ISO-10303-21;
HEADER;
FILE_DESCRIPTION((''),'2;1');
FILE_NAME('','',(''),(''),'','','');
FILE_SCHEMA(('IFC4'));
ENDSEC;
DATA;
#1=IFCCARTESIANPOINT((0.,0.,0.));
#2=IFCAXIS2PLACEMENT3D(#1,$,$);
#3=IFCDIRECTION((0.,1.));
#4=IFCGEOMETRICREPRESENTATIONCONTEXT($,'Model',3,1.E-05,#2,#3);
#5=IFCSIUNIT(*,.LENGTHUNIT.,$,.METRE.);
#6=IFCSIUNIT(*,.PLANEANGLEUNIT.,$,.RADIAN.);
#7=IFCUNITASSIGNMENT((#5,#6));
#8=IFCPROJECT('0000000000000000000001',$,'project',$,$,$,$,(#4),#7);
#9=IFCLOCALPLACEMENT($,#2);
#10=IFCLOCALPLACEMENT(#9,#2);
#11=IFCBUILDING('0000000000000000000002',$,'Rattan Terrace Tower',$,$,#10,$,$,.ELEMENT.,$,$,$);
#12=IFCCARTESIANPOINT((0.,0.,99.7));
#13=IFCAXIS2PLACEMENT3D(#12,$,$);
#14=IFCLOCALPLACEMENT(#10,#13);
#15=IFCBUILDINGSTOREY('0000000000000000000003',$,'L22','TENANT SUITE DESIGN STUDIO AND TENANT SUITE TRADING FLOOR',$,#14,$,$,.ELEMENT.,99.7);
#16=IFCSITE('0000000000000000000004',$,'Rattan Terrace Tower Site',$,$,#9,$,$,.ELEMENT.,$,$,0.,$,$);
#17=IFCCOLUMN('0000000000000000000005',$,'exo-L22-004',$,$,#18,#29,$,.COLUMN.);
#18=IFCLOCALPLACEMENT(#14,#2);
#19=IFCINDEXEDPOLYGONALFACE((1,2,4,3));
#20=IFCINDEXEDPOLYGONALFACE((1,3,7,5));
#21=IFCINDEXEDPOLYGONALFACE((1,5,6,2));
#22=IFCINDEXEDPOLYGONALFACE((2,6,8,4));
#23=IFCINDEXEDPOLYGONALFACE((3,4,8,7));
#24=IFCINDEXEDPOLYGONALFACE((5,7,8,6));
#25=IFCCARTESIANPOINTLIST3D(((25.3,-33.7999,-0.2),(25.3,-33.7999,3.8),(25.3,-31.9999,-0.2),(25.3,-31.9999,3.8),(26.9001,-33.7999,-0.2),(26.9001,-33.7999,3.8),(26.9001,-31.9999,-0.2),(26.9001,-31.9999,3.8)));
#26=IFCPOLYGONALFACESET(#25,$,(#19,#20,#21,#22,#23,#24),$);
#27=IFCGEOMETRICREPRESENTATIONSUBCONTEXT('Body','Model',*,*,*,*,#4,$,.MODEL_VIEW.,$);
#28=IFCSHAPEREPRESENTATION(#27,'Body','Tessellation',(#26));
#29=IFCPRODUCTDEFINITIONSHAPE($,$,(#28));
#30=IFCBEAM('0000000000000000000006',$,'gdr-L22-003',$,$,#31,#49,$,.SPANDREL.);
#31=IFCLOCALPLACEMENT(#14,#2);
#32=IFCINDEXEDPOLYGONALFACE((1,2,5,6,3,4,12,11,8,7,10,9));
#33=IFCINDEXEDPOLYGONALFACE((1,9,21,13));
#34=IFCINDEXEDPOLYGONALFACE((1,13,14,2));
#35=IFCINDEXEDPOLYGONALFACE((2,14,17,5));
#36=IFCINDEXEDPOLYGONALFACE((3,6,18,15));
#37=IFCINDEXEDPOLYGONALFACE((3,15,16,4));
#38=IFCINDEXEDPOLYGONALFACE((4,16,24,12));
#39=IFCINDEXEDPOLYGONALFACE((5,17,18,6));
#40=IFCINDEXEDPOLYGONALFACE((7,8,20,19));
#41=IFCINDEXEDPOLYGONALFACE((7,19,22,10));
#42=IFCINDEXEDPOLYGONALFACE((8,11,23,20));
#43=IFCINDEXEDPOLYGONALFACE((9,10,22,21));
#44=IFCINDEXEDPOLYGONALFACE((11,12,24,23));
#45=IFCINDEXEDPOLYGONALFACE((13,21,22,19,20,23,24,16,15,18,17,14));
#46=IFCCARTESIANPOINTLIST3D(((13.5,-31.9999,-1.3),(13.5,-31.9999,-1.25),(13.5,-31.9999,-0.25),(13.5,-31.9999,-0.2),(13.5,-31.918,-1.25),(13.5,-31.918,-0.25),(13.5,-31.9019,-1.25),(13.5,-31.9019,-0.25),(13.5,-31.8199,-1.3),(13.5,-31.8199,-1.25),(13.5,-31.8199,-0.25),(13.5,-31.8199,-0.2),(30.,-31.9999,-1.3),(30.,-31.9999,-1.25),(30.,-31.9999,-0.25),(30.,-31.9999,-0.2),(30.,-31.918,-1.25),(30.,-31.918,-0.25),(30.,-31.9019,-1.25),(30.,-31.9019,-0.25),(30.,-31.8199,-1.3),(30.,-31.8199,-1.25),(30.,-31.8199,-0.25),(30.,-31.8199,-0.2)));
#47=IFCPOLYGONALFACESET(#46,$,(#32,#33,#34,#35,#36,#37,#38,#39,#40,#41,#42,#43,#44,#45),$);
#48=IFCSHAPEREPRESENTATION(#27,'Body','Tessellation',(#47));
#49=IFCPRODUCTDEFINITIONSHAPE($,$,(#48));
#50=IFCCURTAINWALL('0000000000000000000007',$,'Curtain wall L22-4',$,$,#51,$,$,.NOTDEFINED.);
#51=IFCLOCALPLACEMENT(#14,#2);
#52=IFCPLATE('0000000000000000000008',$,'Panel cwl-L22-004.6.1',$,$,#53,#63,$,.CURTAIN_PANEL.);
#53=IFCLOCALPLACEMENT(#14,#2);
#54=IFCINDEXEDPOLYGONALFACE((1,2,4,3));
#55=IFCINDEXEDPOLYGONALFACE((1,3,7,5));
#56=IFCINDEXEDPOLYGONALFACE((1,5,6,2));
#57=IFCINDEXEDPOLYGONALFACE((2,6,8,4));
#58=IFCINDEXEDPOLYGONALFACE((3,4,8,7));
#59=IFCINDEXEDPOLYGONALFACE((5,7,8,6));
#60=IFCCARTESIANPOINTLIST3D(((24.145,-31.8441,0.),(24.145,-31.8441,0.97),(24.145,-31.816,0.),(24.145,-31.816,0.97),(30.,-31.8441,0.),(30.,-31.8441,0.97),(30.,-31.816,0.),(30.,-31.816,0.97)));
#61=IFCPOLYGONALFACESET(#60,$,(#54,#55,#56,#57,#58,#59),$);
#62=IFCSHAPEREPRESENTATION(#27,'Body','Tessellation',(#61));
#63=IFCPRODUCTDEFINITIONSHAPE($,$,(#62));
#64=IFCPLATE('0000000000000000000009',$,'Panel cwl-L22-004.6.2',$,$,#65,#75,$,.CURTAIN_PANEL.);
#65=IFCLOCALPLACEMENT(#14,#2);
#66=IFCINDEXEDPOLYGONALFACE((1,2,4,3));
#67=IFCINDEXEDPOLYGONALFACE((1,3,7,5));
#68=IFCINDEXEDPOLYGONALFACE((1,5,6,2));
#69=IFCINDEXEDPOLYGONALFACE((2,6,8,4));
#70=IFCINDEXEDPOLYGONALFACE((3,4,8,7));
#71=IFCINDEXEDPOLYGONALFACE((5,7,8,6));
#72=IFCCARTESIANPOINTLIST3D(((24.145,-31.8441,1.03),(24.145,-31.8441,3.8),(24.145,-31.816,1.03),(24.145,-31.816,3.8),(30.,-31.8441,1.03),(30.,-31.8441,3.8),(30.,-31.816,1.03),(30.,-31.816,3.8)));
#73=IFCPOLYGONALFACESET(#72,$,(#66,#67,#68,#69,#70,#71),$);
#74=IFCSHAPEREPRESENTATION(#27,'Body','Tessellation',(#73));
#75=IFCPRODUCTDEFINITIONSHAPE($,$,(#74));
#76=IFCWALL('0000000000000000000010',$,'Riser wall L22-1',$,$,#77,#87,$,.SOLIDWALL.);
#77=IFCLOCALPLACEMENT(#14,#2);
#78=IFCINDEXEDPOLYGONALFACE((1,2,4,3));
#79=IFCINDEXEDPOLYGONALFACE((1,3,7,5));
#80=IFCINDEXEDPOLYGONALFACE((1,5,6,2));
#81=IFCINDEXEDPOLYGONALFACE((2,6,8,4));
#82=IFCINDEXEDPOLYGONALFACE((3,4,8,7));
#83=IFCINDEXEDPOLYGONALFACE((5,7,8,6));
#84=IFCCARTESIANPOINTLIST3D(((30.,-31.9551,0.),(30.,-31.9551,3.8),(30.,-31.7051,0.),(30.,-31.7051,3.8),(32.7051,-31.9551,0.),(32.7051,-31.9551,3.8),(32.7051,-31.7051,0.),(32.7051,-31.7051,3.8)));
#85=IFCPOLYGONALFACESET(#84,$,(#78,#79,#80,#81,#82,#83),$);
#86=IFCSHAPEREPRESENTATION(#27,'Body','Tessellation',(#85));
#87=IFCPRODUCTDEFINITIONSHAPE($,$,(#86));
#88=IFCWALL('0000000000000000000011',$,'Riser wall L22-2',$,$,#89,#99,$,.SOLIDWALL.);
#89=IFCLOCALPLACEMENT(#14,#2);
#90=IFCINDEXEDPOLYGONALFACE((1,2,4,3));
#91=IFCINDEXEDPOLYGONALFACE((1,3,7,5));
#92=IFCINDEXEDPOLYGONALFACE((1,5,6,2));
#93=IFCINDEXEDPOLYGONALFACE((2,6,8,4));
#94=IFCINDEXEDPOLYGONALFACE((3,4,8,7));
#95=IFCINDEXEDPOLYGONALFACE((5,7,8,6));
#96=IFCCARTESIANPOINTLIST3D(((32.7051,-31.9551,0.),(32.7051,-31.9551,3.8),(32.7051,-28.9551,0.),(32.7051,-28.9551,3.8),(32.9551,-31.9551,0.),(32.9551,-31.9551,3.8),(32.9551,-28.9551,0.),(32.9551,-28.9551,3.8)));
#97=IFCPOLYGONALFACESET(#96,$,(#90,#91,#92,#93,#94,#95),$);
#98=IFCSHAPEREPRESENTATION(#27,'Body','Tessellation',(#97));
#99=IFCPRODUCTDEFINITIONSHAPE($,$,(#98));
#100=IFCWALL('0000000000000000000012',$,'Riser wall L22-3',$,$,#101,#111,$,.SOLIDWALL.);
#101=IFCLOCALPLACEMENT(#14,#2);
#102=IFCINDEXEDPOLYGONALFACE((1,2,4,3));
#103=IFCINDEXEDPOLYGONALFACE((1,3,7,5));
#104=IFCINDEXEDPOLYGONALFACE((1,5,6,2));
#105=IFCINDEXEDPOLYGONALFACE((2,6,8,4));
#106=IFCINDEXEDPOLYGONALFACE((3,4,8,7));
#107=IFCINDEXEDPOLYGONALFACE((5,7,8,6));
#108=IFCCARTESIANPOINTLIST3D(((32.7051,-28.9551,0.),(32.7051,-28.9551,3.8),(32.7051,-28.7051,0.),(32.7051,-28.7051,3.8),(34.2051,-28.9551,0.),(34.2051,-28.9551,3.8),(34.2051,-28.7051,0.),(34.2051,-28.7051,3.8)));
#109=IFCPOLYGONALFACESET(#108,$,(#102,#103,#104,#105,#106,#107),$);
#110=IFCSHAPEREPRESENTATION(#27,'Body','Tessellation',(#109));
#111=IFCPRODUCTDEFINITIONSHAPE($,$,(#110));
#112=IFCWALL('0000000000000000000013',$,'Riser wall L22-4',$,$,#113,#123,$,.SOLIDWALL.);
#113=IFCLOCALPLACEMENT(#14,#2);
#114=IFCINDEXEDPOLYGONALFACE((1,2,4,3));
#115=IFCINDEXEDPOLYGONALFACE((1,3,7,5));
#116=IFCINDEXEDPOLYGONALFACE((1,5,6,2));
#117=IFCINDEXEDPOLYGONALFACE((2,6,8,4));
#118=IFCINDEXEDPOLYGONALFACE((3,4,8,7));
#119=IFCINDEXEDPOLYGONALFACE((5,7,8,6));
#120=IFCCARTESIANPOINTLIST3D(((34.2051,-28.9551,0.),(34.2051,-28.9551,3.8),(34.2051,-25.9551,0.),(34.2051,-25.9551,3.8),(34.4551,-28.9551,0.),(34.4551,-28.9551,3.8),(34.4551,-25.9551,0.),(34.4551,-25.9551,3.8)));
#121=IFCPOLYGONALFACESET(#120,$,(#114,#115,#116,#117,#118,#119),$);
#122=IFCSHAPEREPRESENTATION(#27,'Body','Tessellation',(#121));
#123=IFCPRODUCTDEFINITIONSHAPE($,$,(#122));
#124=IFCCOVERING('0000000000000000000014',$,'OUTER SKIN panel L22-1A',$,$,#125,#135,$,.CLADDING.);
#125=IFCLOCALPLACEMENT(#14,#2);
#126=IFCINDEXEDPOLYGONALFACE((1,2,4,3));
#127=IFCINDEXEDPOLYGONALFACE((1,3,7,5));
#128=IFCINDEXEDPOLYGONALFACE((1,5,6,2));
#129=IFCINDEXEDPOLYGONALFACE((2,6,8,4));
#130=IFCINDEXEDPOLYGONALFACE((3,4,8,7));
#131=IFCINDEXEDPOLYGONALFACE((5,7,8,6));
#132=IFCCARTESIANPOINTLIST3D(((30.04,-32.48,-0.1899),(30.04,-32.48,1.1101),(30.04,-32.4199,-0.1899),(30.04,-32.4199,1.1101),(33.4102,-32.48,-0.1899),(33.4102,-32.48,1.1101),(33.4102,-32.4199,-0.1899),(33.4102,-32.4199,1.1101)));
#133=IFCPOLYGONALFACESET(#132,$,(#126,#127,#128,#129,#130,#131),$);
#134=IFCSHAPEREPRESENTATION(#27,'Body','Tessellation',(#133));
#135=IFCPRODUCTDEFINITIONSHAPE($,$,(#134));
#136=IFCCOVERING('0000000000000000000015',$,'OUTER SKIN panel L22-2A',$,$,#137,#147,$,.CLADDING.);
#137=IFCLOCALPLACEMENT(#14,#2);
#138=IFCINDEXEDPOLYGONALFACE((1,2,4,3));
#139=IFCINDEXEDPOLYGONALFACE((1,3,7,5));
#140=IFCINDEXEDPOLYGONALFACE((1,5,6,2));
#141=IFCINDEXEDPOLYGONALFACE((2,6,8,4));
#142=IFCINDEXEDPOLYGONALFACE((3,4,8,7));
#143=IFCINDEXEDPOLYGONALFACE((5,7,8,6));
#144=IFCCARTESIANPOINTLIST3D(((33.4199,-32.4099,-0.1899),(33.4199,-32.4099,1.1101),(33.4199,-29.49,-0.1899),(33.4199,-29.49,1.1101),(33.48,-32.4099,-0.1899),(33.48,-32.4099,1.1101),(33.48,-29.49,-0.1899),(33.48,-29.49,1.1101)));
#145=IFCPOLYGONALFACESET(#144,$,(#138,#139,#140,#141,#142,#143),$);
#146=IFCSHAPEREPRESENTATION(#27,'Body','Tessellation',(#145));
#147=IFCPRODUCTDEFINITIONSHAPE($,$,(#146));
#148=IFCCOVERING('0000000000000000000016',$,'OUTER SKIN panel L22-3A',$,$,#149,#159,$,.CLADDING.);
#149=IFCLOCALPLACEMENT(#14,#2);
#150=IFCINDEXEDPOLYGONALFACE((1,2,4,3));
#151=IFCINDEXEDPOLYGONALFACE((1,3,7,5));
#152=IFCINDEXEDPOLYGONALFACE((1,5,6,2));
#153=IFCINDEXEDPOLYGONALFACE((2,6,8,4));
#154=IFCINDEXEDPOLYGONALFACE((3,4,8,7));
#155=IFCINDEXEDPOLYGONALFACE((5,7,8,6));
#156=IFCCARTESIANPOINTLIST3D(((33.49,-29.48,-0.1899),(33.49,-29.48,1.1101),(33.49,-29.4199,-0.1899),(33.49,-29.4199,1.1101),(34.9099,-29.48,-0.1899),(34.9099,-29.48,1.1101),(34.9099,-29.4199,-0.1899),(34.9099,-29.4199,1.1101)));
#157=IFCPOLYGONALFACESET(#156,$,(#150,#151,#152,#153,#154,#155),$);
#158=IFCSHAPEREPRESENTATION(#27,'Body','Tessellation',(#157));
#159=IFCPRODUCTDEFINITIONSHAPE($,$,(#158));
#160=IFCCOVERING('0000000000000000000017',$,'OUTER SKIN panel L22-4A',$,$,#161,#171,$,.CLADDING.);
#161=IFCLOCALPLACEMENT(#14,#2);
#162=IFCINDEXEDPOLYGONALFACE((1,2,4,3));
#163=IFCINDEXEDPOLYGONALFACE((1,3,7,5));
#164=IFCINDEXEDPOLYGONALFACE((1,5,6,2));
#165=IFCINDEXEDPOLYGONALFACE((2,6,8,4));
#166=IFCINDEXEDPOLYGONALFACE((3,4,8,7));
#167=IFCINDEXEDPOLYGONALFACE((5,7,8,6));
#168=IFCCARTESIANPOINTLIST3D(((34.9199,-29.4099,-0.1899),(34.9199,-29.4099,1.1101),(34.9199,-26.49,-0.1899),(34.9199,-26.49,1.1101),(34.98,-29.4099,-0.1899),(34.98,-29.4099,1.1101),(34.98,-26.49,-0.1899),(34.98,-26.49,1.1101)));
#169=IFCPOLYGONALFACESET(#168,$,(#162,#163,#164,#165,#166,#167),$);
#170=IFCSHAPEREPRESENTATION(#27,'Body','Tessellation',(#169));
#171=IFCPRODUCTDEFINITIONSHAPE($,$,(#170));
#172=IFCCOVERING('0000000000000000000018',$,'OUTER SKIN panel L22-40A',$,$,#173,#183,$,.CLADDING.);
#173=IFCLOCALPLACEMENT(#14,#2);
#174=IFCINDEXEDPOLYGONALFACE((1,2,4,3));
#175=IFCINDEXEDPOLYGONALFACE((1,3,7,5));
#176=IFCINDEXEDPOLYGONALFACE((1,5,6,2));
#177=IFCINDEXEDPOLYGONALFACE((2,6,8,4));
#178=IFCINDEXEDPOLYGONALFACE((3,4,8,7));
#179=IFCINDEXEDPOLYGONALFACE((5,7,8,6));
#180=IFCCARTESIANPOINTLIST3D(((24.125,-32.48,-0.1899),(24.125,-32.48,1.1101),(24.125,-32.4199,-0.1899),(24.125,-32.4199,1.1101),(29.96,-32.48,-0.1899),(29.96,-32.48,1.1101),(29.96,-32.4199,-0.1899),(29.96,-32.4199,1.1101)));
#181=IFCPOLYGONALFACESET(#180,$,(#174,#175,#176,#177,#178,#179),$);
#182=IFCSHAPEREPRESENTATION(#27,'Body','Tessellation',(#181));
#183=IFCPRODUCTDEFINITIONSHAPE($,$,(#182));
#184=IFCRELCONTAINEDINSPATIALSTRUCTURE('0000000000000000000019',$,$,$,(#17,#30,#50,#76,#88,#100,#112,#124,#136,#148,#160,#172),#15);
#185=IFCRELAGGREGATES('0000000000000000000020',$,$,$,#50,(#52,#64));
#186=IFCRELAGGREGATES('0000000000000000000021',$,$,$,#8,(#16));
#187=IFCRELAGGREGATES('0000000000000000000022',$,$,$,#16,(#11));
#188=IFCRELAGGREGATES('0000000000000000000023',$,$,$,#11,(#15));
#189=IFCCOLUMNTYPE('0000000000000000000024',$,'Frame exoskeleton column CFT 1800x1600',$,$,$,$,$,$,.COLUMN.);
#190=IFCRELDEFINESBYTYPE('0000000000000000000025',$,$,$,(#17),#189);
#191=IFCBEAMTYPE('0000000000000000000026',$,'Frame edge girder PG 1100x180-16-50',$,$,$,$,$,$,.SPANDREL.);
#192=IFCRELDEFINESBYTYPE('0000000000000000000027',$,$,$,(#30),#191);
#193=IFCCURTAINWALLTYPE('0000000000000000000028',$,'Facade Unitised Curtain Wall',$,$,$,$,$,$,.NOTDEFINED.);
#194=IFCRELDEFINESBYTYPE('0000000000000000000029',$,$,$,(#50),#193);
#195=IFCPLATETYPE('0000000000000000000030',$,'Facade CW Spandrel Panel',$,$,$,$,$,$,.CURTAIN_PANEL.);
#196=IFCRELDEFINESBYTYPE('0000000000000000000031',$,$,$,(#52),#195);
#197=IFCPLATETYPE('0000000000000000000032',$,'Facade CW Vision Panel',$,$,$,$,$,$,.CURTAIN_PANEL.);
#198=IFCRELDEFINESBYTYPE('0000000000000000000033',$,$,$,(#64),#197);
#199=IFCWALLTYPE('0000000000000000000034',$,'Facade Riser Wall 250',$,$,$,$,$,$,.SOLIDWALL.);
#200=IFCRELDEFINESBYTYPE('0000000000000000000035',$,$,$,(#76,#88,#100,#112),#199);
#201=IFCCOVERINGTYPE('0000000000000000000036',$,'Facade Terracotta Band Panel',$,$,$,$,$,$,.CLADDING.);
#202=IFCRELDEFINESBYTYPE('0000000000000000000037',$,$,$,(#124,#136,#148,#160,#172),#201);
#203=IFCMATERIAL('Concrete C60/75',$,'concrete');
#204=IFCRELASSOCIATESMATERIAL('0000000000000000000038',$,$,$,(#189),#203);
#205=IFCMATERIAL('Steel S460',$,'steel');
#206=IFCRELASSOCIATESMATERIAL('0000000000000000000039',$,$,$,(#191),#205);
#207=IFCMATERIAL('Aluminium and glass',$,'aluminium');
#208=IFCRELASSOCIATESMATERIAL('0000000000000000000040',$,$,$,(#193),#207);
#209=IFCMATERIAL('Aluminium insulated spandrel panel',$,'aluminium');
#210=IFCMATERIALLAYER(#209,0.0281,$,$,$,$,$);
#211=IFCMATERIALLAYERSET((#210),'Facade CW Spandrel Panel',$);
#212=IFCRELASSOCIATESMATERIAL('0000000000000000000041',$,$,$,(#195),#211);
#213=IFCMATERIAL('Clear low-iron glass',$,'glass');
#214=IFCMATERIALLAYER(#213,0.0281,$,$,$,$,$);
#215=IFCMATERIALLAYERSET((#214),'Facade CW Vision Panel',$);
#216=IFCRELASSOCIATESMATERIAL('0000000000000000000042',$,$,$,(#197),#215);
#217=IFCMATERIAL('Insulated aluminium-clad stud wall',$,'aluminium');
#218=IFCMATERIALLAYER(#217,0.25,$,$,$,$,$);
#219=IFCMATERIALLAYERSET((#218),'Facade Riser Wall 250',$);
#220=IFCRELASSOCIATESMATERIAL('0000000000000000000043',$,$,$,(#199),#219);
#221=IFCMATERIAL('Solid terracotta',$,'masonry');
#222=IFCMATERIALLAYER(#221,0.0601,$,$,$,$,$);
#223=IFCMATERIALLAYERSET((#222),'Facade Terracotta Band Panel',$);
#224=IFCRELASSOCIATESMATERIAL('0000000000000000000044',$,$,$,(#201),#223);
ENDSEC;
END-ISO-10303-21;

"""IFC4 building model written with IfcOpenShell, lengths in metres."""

from ifc_helpers import new_model, si_unit, direction, frame, frame_2d, origin, origin_2d, place, context, subcontext, project, spatial, rectangle, i_section, extrude, material, layer, layer_set, material_profile, profile_set, type_object, element, aggregate, save


model = new_model("IFC4")

# Units and contexts
model_context = context("Model", 3, precision=1e-05, world=origin(), true_north=direction((0.0, 1.0)))
body_context = subcontext(model_context, "Body", "Model", "MODEL_VIEW")
ifc_project = project(units=[si_unit("LENGTHUNIT", "METRE"), si_unit("PLANEANGLEUNIT", "RADIAN")], contexts=[model_context])

# Site, building, storey
site_placement = place(None, origin())
site = spatial("IfcSite", under=ifc_project, at=site_placement, Name="Rattan Terrace Tower Site", CompositionType="ELEMENT", RefElevation=0.0)
building_placement = place(site_placement, origin())
building = spatial("IfcBuilding", under=site, at=building_placement, Name="Rattan Terrace Tower", CompositionType="ELEMENT")
storey_placement = place(building_placement, frame((0.0, 0.0, 99.7)))
storey = spatial("IfcBuildingStorey", under=building, at=storey_placement, Name="L22", Description="TENANT SUITE DESIGN STUDIO AND TENANT SUITE TRADING FLOOR", CompositionType="ELEMENT", Elevation=99.7)

# Column
ifc_material_1 = material(Name="Concrete C60/75", Category="concrete")
ifc_material_profile_1 = material_profile(ifc_material_1, rectangle(XDim=1.6001, YDim=1.8, at=origin_2d()), Name="CFT 1800x1600")
ifc_profile_set_1 = profile_set([ifc_material_profile_1], Name="Concrete C60/75")
column_type = type_object("IfcColumnType", Name="Frame exoskeleton column CFT 1800x1600", PredefinedType="COLUMN", material=ifc_profile_set_1)
column_placement = place(storey_placement, frame((26.1001, -32.8999, -0.2), z_axis=(0.0, 0.0, 1.0), x_axis=(1.0, 0.0, 0.0)))
element("IfcColumn", 1, at=column_placement, inside=storey, type_object=column_type, Name="exo-L22-004", PredefinedType="COLUMN", context=body_context, shape_type="SweptSolid", body=[
    extrude(rectangle(XDim=1.6001, YDim=1.8, at=origin_2d()), origin(), (0.0, 0.0, 1.0), 4.0),
])

# Beam
ifc_material_2 = material(Name="Steel S460", Category="steel")
ifc_material_profile_2 = material_profile(ifc_material_2, i_section(OverallWidth=0.1799, OverallDepth=1.1001, WebThickness=0.0161, FlangeThickness=0.05, at=origin_2d()), Name="PG 1100x180-16-50")
ifc_profile_set_2 = profile_set([ifc_material_profile_2], Name="Steel S460")
beam_type = type_object("IfcBeamType", Name="Frame edge girder PG 1100x180-16-50", PredefinedType="SPANDREL", material=ifc_profile_set_2)
beam_placement = place(storey_placement, frame((30.0, -31.9099, -0.75), z_axis=(-1.0, 0.0, 0.0), x_axis=(0.0, -1.0, 0.0)))
element("IfcBeam", 2, at=beam_placement, inside=storey, type_object=beam_type, Name="gdr-L22-003", PredefinedType="SPANDREL", context=body_context, shape_type="SweptSolid", body=[
    extrude(i_section(OverallWidth=0.1799, OverallDepth=1.1001, WebThickness=0.0161, FlangeThickness=0.05, at=origin_2d()), origin(), (0.0, 0.0, 1.0), 16.5),
])

# Curtain wall, plates
ifc_material_3 = material(Name="Aluminium and glass", Category="aluminium")
curtain_wall_type = type_object("IfcCurtainWallType", Name="Facade Unitised Curtain Wall", PredefinedType="NOTDEFINED", material=ifc_material_3)
curtain_wall_placement = place(storey_placement, origin())
curtain_wall = element("IfcCurtainWall", 3, at=curtain_wall_placement, inside=storey, type_object=curtain_wall_type, Name="Curtain wall L22-4", PredefinedType="NOTDEFINED")
ifc_material_4 = material(Name="Aluminium insulated spandrel panel", Category="aluminium")
ifc_layer_1 = layer(ifc_material_4, 0.0281)
ifc_layer_set_1 = layer_set([ifc_layer_1], Name="Facade CW Spandrel Panel")
plate_type_1 = type_object("IfcPlateType", Name="Facade CW Spandrel Panel", PredefinedType="CURTAIN_PANEL", material=ifc_layer_set_1)
plate_1_placement = place(storey_placement, frame((27.0725, -31.8301, 0.0), z_axis=(0.0, 0.0, 1.0), x_axis=(1.0, 0.0, 0.0)))
plate_1 = element("IfcPlate", 4, at=plate_1_placement, type_object=plate_type_1, Name="Panel cwl-L22-004.6.1", PredefinedType="CURTAIN_PANEL", context=body_context, shape_type="SweptSolid", body=[
    extrude(rectangle(XDim=5.855, YDim=0.0281, at=origin_2d()), origin(), (0.0, 0.0, 1.0), 0.97),
])
ifc_material_5 = material(Name="Clear low-iron glass", Category="glass")
ifc_layer_2 = layer(ifc_material_5, 0.0281)
ifc_layer_set_2 = layer_set([ifc_layer_2], Name="Facade CW Vision Panel")
plate_type_2 = type_object("IfcPlateType", Name="Facade CW Vision Panel", PredefinedType="CURTAIN_PANEL", material=ifc_layer_set_2)
plate_2_placement = place(storey_placement, frame((27.0725, -31.8301, 1.03), z_axis=(0.0, 0.0, 1.0), x_axis=(1.0, 0.0, 0.0)))
plate_2 = element("IfcPlate", 5, at=plate_2_placement, type_object=plate_type_2, Name="Panel cwl-L22-004.6.2", PredefinedType="CURTAIN_PANEL", context=body_context, shape_type="SweptSolid", body=[
    extrude(rectangle(XDim=5.855, YDim=0.0281, at=origin_2d()), origin(), (0.0, 0.0, 1.0), 2.77),
])
aggregate(curtain_wall, [plate_1, plate_2])

# Walls
ifc_material_6 = material(Name="Insulated aluminium-clad stud wall", Category="aluminium")
ifc_layer_3 = layer(ifc_material_6, 0.25)
ifc_layer_set_3 = layer_set([ifc_layer_3], Name="Facade Riser Wall 250")
wall_type = type_object("IfcWallType", Name="Facade Riser Wall 250", PredefinedType="SOLIDWALL", material=ifc_layer_set_3)
wall_1_placement = place(storey_placement, frame((30.0, -31.8301, 0.0), z_axis=(0.0, 0.0, 1.0), x_axis=(1.0, 0.0, 0.0)))
element("IfcWall", 6, at=wall_1_placement, inside=storey, type_object=wall_type, Name="Riser wall L22-1", PredefinedType="SOLIDWALL", context=body_context, shape_type="SweptSolid", body=[
    extrude(rectangle(XDim=2.7051, YDim=0.25, at=frame_2d((1.3525, 0.0))), origin(), (0.0, 0.0, 1.0), 3.8),
])
wall_2_placement = place(storey_placement, frame((32.8301, -31.9551, 0.0), z_axis=(0.0, 0.0, 1.0), x_axis=(0.0, 1.0, 0.0)))
element("IfcWall", 7, at=wall_2_placement, inside=storey, type_object=wall_type, Name="Riser wall L22-2", PredefinedType="SOLIDWALL", context=body_context, shape_type="SweptSolid", body=[
    extrude(rectangle(XDim=3.0, YDim=0.25, at=frame_2d((1.5, 0.0))), origin(), (0.0, 0.0, 1.0), 3.8),
])
wall_3_placement = place(storey_placement, frame((32.7051, -28.8301, 0.0), z_axis=(0.0, 0.0, 1.0), x_axis=(1.0, 0.0, 0.0)))
element("IfcWall", 8, at=wall_3_placement, inside=storey, type_object=wall_type, Name="Riser wall L22-3", PredefinedType="SOLIDWALL", context=body_context, shape_type="SweptSolid", body=[
    extrude(rectangle(XDim=1.5, YDim=0.25, at=frame_2d((0.75, 0.0))), origin(), (0.0, 0.0, 1.0), 3.8),
])
wall_4_placement = place(storey_placement, frame((34.3301, -28.9551, 0.0), z_axis=(0.0, 0.0, 1.0), x_axis=(0.0, 1.0, 0.0)))
element("IfcWall", 9, at=wall_4_placement, inside=storey, type_object=wall_type, Name="Riser wall L22-4", PredefinedType="SOLIDWALL", context=body_context, shape_type="SweptSolid", body=[
    extrude(rectangle(XDim=3.0, YDim=0.25, at=frame_2d((1.5, 0.0))), origin(), (0.0, 0.0, 1.0), 3.8),
])

# Coverings
ifc_material_7 = material(Name="Solid terracotta", Category="masonry")
ifc_layer_4 = layer(ifc_material_7, 0.0601)
ifc_layer_set_4 = layer_set([ifc_layer_4], Name="Facade Terracotta Band Panel")
covering_type_1 = type_object("IfcCoveringType", Name="Facade Terracotta Band Panel", PredefinedType="CLADDING", material=ifc_layer_set_4)
covering_1_placement = place(storey_placement, frame((31.7251, -32.45, -0.1899), z_axis=(0.0, 0.0, 1.0), x_axis=(1.0, 0.0, 0.0)))
element("IfcCovering", 10, at=covering_1_placement, inside=storey, type_object=covering_type_1, Name="OUTER SKIN panel L22-1A", PredefinedType="CLADDING", context=body_context, shape_type="SweptSolid", body=[
    extrude(rectangle(XDim=3.3701, YDim=0.0601, at=origin_2d()), origin(), (0.0, 0.0, 1.0), 1.3),
])
covering_2_placement = place(storey_placement, frame((33.45, -30.95, -0.1899), z_axis=(0.0, 0.0, 1.0), x_axis=(0.0, 1.0, 0.0)))
element("IfcCovering", 11, at=covering_2_placement, inside=storey, type_object=covering_type_1, Name="OUTER SKIN panel L22-2A", PredefinedType="CLADDING", context=body_context, shape_type="SweptSolid", body=[
    extrude(rectangle(XDim=2.9199, YDim=0.0601, at=origin_2d()), origin(), (0.0, 0.0, 1.0), 1.3),
])
covering_3_placement = place(storey_placement, frame((34.2, -29.45, -0.1899), z_axis=(0.0, 0.0, 1.0), x_axis=(1.0, 0.0, 0.0)))
element("IfcCovering", 12, at=covering_3_placement, inside=storey, type_object=covering_type_1, Name="OUTER SKIN panel L22-3A", PredefinedType="CLADDING", context=body_context, shape_type="SweptSolid", body=[
    extrude(rectangle(XDim=1.4199, YDim=0.0601, at=origin_2d()), origin(), (0.0, 0.0, 1.0), 1.3),
])
covering_4_placement = place(storey_placement, frame((34.95, -27.95, -0.1899), z_axis=(0.0, 0.0, 1.0), x_axis=(0.0, 1.0, 0.0)))
element("IfcCovering", 13, at=covering_4_placement, inside=storey, type_object=covering_type_1, Name="OUTER SKIN panel L22-4A", PredefinedType="CLADDING", context=body_context, shape_type="SweptSolid", body=[
    extrude(rectangle(XDim=2.9199, YDim=0.0601, at=origin_2d()), origin(), (0.0, 0.0, 1.0), 1.3),
])
covering_5_placement = place(storey_placement, frame((27.0425, -32.45, -0.1899), z_axis=(0.0, 0.0, 1.0), x_axis=(1.0, 0.0, 0.0)))
element("IfcCovering", 14, at=covering_5_placement, inside=storey, type_object=covering_type_1, Name="OUTER SKIN panel L22-40A", PredefinedType="CLADDING", context=body_context, shape_type="SweptSolid", body=[
    extrude(rectangle(XDim=5.835, YDim=0.0601, at=origin_2d()), origin(), (0.0, 0.0, 1.0), 1.3),
])

save(model, "model.ifc")
